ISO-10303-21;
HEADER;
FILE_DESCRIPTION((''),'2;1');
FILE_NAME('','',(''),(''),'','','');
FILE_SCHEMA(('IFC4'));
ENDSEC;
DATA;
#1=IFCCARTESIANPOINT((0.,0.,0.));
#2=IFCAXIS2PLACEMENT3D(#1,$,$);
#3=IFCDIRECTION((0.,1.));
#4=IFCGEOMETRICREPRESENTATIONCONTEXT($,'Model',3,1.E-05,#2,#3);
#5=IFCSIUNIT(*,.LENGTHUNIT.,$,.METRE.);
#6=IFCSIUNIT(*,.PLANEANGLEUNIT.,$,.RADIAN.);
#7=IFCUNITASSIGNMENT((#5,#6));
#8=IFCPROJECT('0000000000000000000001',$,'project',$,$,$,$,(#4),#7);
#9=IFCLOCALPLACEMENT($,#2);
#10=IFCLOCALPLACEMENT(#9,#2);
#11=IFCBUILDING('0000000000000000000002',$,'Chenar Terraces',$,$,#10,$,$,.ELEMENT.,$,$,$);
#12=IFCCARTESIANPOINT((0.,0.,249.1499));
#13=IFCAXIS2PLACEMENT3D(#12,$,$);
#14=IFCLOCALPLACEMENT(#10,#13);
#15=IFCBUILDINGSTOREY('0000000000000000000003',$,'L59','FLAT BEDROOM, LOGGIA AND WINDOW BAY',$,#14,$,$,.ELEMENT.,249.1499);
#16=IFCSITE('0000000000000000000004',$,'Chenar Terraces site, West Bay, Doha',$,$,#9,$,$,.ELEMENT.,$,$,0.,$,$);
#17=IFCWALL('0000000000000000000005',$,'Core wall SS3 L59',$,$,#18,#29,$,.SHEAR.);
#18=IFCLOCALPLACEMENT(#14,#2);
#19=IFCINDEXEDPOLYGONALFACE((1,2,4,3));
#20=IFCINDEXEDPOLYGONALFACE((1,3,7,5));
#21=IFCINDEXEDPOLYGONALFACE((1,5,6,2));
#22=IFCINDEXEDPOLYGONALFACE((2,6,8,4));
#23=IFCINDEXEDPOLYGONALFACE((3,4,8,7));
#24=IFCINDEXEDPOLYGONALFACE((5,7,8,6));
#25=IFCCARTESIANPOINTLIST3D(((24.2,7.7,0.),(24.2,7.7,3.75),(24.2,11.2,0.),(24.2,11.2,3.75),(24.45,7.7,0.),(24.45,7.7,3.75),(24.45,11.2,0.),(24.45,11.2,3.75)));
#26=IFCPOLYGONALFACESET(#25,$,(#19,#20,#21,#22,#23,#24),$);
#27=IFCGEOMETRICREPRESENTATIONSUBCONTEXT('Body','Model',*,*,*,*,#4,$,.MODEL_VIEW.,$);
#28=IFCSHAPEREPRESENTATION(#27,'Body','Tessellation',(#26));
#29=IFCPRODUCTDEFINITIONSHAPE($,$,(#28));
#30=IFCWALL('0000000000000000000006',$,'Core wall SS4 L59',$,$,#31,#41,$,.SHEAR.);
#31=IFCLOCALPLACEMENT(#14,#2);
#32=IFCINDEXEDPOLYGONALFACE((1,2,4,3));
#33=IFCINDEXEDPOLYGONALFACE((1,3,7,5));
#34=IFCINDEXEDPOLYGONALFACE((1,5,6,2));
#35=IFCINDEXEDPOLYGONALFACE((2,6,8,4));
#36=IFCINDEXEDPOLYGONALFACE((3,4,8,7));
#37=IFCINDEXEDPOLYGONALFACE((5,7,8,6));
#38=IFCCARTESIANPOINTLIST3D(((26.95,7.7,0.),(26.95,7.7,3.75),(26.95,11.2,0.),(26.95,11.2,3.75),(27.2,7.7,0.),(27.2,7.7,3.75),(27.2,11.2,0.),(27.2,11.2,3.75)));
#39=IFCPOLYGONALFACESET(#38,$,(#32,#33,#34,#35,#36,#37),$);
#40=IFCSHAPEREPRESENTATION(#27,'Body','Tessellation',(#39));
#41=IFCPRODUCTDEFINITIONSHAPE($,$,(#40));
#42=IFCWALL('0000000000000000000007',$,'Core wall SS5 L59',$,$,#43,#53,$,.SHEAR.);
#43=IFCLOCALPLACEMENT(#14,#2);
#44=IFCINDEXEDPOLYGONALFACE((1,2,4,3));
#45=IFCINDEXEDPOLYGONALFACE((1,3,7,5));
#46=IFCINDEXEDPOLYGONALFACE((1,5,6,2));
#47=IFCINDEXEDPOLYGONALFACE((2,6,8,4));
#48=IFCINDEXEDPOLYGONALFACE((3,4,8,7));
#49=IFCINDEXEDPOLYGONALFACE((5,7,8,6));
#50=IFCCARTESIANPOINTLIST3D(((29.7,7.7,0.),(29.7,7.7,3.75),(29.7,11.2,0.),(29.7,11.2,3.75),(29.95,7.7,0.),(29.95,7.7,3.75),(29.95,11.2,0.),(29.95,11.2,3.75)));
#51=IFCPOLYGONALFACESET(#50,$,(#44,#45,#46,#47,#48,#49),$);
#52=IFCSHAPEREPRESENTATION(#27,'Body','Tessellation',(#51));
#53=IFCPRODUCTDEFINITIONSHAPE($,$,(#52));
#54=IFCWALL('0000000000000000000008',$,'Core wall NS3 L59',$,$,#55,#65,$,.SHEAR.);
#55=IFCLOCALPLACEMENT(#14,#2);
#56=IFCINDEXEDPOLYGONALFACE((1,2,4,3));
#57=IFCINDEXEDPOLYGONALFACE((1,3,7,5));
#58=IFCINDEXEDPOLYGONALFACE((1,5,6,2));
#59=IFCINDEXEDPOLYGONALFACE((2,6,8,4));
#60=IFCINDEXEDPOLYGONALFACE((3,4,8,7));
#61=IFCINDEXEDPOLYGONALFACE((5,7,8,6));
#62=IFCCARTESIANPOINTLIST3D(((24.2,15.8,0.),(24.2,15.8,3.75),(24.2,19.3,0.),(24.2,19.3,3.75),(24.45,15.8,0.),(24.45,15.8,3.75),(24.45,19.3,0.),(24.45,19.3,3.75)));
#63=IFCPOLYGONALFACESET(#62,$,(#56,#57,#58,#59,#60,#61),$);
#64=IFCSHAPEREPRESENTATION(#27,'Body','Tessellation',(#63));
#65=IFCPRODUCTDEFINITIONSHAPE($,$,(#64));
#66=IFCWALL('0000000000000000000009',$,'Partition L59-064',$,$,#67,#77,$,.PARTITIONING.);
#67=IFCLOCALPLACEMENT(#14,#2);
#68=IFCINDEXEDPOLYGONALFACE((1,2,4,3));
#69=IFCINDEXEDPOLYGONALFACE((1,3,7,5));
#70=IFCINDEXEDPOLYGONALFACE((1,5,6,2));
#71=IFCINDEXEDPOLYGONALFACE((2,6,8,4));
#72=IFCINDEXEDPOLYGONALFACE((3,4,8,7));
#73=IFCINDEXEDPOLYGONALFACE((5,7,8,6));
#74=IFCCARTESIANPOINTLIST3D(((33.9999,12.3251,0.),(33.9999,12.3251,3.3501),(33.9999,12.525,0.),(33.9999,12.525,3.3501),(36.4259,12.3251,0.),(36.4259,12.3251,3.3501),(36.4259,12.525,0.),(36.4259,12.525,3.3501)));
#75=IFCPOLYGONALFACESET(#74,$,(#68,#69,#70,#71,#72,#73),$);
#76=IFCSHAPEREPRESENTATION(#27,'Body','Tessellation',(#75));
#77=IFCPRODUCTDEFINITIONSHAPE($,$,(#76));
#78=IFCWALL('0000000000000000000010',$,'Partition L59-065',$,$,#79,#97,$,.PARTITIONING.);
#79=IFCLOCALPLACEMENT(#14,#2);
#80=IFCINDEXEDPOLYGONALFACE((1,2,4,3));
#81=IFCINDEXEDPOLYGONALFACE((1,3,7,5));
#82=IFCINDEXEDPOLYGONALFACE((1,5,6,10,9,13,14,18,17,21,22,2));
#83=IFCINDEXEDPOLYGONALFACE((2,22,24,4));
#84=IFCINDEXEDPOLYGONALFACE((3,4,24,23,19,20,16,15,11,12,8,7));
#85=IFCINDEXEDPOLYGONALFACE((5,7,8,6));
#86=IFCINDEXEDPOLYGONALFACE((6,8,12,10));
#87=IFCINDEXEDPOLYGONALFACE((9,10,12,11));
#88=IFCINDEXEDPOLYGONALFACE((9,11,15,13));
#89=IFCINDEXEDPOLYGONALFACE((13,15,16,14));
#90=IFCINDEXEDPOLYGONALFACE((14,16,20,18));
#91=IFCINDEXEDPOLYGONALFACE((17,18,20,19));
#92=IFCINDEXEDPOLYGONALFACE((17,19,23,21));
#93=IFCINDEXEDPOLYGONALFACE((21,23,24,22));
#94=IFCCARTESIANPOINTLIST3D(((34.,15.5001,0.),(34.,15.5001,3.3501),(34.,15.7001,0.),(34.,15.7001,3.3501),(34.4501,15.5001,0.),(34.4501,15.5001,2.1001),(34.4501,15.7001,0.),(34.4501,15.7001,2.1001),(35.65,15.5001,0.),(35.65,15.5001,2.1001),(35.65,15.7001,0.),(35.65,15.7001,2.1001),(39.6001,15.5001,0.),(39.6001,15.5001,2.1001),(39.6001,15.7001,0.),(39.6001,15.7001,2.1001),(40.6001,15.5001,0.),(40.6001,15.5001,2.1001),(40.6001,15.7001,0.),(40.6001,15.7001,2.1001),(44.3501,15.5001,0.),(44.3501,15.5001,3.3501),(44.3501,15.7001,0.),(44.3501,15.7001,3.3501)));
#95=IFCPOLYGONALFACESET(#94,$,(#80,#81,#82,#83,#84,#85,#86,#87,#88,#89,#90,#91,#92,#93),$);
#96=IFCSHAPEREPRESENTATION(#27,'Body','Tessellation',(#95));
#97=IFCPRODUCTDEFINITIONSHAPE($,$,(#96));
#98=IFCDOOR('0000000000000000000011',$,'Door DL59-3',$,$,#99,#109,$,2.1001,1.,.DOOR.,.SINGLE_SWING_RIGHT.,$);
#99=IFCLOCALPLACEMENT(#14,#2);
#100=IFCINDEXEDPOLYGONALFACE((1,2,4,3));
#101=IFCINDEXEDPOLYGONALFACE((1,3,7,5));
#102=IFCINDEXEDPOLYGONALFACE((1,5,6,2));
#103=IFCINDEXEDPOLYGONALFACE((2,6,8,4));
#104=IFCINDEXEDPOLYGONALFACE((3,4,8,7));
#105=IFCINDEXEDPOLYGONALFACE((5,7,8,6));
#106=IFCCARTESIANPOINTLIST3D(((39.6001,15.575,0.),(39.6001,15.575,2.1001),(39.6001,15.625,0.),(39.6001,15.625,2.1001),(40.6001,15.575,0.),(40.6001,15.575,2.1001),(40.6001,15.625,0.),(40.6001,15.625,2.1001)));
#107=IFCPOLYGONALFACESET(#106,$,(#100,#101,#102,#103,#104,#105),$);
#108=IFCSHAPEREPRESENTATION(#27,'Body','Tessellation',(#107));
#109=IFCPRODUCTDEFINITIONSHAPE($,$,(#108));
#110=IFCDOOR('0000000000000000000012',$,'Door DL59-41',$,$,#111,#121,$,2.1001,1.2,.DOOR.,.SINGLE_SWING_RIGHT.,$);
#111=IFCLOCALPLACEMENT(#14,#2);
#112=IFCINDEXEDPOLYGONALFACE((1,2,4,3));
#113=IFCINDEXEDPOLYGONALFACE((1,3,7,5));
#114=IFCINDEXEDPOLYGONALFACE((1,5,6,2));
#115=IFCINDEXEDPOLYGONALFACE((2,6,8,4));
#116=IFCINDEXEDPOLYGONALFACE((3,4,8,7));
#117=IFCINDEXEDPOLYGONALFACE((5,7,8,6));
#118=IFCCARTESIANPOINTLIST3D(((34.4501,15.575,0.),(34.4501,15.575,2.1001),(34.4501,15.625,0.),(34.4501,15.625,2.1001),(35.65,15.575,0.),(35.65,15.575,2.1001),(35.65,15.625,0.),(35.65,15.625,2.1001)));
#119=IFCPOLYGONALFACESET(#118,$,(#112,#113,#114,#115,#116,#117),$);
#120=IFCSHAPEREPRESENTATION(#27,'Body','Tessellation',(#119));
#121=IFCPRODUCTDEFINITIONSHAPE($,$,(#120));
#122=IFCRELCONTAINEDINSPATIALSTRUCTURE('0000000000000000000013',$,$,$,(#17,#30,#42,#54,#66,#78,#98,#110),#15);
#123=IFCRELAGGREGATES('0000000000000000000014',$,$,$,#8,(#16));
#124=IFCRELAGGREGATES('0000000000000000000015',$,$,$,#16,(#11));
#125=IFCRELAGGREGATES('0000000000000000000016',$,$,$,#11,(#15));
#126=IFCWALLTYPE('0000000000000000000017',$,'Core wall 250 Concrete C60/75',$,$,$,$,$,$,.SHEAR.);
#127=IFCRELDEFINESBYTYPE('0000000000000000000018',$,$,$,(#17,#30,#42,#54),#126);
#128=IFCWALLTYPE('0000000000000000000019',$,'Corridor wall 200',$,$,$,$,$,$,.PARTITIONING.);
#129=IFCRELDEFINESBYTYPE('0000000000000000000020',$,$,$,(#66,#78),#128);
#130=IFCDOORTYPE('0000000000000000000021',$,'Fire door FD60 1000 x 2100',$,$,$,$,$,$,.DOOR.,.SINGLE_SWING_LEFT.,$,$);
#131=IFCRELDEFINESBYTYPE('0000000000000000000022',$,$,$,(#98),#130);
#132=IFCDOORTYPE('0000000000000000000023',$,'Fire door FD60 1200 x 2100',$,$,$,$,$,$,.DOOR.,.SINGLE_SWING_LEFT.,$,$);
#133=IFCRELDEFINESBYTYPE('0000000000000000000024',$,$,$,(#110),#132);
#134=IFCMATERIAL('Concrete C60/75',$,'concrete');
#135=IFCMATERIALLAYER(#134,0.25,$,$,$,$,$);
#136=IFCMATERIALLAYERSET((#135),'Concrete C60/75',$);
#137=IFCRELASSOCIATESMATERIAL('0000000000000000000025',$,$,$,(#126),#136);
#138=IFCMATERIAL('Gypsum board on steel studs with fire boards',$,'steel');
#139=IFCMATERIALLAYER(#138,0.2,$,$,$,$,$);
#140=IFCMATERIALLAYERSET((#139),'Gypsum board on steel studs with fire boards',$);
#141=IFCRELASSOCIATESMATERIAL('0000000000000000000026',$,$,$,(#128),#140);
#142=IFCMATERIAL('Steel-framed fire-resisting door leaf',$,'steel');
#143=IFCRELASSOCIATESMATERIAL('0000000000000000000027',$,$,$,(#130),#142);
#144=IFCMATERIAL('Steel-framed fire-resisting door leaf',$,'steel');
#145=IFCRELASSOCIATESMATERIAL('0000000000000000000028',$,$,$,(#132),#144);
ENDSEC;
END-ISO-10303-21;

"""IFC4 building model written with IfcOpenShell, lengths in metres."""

from ifc_helpers import new_model, si_unit, direction, frame, frame_2d, origin, place, context, subcontext, project, spatial, rectangle, extrude, material, layer, layer_set, type_object, element, fill, save


model = new_model("IFC4")

# Units and contexts
model_context = context("Model", 3, precision=1e-05, world=origin(), true_north=direction((0.0, 1.0)))
body_context = subcontext(model_context, "Body", "Model", "MODEL_VIEW")
ifc_project = project(units=[si_unit("LENGTHUNIT", "METRE"), si_unit("PLANEANGLEUNIT", "RADIAN")], contexts=[model_context])

# Site, building, storey
site_placement = place(None, origin())
site = spatial("IfcSite", under=ifc_project, at=site_placement, Name="Chenar Terraces site, West Bay, Doha", CompositionType="ELEMENT", RefElevation=0.0)
building_placement = place(site_placement, origin())
building = spatial("IfcBuilding", under=site, at=building_placement, Name="Chenar Terraces", CompositionType="ELEMENT")
storey_placement = place(building_placement, frame((0.0, 0.0, 249.1499)))
storey = spatial("IfcBuildingStorey", under=building, at=storey_placement, Name="L59", Description="FLAT BEDROOM, LOGGIA AND WINDOW BAY", CompositionType="ELEMENT", Elevation=249.1499)

# Walls
ifc_material_1 = material(Name="Concrete C60/75", Category="concrete")
ifc_layer_1 = layer(ifc_material_1, 0.25)
ifc_layer_set_1 = layer_set([ifc_layer_1], Name="Concrete C60/75")
wall_type_1 = type_object("IfcWallType", Name="Core wall 250 Concrete C60/75", PredefinedType="SHEAR", material=ifc_layer_set_1)
for number, where, z_axis, x_axis, name in (
    (1, (24.325, 7.7, 0.0), (0.0, 0.0, 1.0), (0.0, 1.0, 0.0), "Core wall SS3 L59"),
    (2, (27.075, 7.7, 0.0), (0.0, 0.0, 1.0), (0.0, 1.0, 0.0), "Core wall SS4 L59"),
    (3, (29.825, 7.7, 0.0), (0.0, 0.0, 1.0), (0.0, 1.0, 0.0), "Core wall SS5 L59"),
    (4, (24.325, 15.8, 0.0), (0.0, 0.0, 1.0), (0.0, 1.0, 0.0), "Core wall NS3 L59"),
):
    element("IfcWall", number, at=place(storey_placement, frame(where, z_axis=z_axis, x_axis=x_axis)), inside=storey, type_object=wall_type_1, Name=name, PredefinedType="SHEAR", context=body_context, shape_type="SweptSolid", body=[
        extrude(rectangle(XDim=3.5, YDim=0.25, at=frame_2d((1.75, 0.0))), origin(), (0.0, 0.0, 1.0), 3.75),
    ])

# Wall
ifc_material_2 = material(Name="Gypsum board on steel studs with fire boards", Category="steel")
ifc_layer_2 = layer(ifc_material_2, 0.2)
ifc_layer_set_2 = layer_set([ifc_layer_2], Name="Gypsum board on steel studs with fire boards")
wall_type_2 = type_object("IfcWallType", Name="Corridor wall 200", PredefinedType="PARTITIONING", material=ifc_layer_set_2)
wall_1_placement = place(storey_placement, frame((34.0, 12.425, 0.0), z_axis=(0.0, 0.0, 1.0), x_axis=(1.0, 0.0, 0.0)))
element("IfcWall", 5, at=wall_1_placement, inside=storey, type_object=wall_type_2, Name="Partition L59-064", PredefinedType="PARTITIONING", context=body_context, shape_type="SweptSolid", body=[
    extrude(rectangle(XDim=2.426, YDim=0.2, at=frame_2d((1.2129, 0.0))), origin(), (0.0, 0.0, 1.0), 3.3501),
])

# Wall, openings, doors
wall_2_placement = place(storey_placement, frame((34.0, 15.6001, 0.0), z_axis=(0.0, 0.0, 1.0), x_axis=(1.0, 0.0, 0.0)))
wall_2 = element("IfcWall", 6, at=wall_2_placement, inside=storey, type_object=wall_type_2, Name="Partition L59-065", PredefinedType="PARTITIONING", context=body_context, shape_type="SweptSolid", body=[
    extrude(rectangle(XDim=10.3501, YDim=0.2, at=frame_2d((5.175, 0.0))), origin(), (0.0, 0.0, 1.0), 3.3501),
])
opening_1_placement = place(wall_2_placement, frame((5.6001, 0.0, 0.0)))
opening_1 = element("IfcOpeningElement", 7, at=opening_1_placement, cuts=wall_2, PredefinedType="OPENING", context=body_context, shape_type="SweptSolid", body=[
    extrude(rectangle(XDim=1.0, YDim=2.1001, at=frame_2d((0.5, 1.05))), frame((0.0, 0.1099, 0.0), z_axis=(0.0, -1.0, 0.0), x_axis=(1.0, 0.0, 0.0)), (0.0, 0.0, 1.0), 0.22),
])
opening_2_placement = place(wall_2_placement, frame((0.45, 0.0, 0.0)))
opening_2 = element("IfcOpeningElement", 8, at=opening_2_placement, cuts=wall_2, PredefinedType="OPENING", context=body_context, shape_type="SweptSolid", body=[
    extrude(rectangle(XDim=1.2, YDim=2.1001, at=frame_2d((0.6001, 1.05))), frame((0.0, 0.1099, 0.0), z_axis=(0.0, -1.0, 0.0), x_axis=(1.0, 0.0, 0.0)), (0.0, 0.0, 1.0), 0.22),
])
ifc_material_3 = material(Name="Steel-framed fire-resisting door leaf", Category="steel")
door_type_1 = type_object("IfcDoorType", Name="Fire door FD60 1000 x 2100", OperationType="SINGLE_SWING_LEFT", PredefinedType="DOOR", material=ifc_material_3)
door_1_placement = place(opening_1_placement, origin())
door_1 = element("IfcDoor", 9, at=door_1_placement, inside=storey, type_object=door_type_1, Name="Door DL59-3", OperationType="SINGLE_SWING_RIGHT", OverallHeight=2.1001, OverallWidth=1.0, PredefinedType="DOOR", context=body_context, shape_type="SweptSolid", body=[
    extrude(rectangle(XDim=1.0, YDim=2.1001, at=frame_2d((0.5, 1.05))), frame((0.0, 0.0249, 0.0), z_axis=(0.0, -1.0, 0.0), x_axis=(1.0, 0.0, 0.0)), (0.0, 0.0, 1.0), 0.05),
])
fill(opening_1, door_1)
ifc_material_4 = material(Name="Steel-framed fire-resisting door leaf", Category="steel")
door_type_2 = type_object("IfcDoorType", Name="Fire door FD60 1200 x 2100", OperationType="SINGLE_SWING_LEFT", PredefinedType="DOOR", material=ifc_material_4)
door_2_placement = place(opening_2_placement, origin())
door_2 = element("IfcDoor", 10, at=door_2_placement, inside=storey, type_object=door_type_2, Name="Door DL59-41", OperationType="SINGLE_SWING_RIGHT", OverallHeight=2.1001, OverallWidth=1.2, PredefinedType="DOOR", context=body_context, shape_type="SweptSolid", body=[
    extrude(rectangle(XDim=1.2, YDim=2.1001, at=frame_2d((0.6001, 1.05))), frame((0.0, 0.0249, 0.0), z_axis=(0.0, -1.0, 0.0), x_axis=(1.0, 0.0, 0.0)), (0.0, 0.0, 1.0), 0.05),
])
fill(opening_2, door_2)

save(model, "model.ifc")
